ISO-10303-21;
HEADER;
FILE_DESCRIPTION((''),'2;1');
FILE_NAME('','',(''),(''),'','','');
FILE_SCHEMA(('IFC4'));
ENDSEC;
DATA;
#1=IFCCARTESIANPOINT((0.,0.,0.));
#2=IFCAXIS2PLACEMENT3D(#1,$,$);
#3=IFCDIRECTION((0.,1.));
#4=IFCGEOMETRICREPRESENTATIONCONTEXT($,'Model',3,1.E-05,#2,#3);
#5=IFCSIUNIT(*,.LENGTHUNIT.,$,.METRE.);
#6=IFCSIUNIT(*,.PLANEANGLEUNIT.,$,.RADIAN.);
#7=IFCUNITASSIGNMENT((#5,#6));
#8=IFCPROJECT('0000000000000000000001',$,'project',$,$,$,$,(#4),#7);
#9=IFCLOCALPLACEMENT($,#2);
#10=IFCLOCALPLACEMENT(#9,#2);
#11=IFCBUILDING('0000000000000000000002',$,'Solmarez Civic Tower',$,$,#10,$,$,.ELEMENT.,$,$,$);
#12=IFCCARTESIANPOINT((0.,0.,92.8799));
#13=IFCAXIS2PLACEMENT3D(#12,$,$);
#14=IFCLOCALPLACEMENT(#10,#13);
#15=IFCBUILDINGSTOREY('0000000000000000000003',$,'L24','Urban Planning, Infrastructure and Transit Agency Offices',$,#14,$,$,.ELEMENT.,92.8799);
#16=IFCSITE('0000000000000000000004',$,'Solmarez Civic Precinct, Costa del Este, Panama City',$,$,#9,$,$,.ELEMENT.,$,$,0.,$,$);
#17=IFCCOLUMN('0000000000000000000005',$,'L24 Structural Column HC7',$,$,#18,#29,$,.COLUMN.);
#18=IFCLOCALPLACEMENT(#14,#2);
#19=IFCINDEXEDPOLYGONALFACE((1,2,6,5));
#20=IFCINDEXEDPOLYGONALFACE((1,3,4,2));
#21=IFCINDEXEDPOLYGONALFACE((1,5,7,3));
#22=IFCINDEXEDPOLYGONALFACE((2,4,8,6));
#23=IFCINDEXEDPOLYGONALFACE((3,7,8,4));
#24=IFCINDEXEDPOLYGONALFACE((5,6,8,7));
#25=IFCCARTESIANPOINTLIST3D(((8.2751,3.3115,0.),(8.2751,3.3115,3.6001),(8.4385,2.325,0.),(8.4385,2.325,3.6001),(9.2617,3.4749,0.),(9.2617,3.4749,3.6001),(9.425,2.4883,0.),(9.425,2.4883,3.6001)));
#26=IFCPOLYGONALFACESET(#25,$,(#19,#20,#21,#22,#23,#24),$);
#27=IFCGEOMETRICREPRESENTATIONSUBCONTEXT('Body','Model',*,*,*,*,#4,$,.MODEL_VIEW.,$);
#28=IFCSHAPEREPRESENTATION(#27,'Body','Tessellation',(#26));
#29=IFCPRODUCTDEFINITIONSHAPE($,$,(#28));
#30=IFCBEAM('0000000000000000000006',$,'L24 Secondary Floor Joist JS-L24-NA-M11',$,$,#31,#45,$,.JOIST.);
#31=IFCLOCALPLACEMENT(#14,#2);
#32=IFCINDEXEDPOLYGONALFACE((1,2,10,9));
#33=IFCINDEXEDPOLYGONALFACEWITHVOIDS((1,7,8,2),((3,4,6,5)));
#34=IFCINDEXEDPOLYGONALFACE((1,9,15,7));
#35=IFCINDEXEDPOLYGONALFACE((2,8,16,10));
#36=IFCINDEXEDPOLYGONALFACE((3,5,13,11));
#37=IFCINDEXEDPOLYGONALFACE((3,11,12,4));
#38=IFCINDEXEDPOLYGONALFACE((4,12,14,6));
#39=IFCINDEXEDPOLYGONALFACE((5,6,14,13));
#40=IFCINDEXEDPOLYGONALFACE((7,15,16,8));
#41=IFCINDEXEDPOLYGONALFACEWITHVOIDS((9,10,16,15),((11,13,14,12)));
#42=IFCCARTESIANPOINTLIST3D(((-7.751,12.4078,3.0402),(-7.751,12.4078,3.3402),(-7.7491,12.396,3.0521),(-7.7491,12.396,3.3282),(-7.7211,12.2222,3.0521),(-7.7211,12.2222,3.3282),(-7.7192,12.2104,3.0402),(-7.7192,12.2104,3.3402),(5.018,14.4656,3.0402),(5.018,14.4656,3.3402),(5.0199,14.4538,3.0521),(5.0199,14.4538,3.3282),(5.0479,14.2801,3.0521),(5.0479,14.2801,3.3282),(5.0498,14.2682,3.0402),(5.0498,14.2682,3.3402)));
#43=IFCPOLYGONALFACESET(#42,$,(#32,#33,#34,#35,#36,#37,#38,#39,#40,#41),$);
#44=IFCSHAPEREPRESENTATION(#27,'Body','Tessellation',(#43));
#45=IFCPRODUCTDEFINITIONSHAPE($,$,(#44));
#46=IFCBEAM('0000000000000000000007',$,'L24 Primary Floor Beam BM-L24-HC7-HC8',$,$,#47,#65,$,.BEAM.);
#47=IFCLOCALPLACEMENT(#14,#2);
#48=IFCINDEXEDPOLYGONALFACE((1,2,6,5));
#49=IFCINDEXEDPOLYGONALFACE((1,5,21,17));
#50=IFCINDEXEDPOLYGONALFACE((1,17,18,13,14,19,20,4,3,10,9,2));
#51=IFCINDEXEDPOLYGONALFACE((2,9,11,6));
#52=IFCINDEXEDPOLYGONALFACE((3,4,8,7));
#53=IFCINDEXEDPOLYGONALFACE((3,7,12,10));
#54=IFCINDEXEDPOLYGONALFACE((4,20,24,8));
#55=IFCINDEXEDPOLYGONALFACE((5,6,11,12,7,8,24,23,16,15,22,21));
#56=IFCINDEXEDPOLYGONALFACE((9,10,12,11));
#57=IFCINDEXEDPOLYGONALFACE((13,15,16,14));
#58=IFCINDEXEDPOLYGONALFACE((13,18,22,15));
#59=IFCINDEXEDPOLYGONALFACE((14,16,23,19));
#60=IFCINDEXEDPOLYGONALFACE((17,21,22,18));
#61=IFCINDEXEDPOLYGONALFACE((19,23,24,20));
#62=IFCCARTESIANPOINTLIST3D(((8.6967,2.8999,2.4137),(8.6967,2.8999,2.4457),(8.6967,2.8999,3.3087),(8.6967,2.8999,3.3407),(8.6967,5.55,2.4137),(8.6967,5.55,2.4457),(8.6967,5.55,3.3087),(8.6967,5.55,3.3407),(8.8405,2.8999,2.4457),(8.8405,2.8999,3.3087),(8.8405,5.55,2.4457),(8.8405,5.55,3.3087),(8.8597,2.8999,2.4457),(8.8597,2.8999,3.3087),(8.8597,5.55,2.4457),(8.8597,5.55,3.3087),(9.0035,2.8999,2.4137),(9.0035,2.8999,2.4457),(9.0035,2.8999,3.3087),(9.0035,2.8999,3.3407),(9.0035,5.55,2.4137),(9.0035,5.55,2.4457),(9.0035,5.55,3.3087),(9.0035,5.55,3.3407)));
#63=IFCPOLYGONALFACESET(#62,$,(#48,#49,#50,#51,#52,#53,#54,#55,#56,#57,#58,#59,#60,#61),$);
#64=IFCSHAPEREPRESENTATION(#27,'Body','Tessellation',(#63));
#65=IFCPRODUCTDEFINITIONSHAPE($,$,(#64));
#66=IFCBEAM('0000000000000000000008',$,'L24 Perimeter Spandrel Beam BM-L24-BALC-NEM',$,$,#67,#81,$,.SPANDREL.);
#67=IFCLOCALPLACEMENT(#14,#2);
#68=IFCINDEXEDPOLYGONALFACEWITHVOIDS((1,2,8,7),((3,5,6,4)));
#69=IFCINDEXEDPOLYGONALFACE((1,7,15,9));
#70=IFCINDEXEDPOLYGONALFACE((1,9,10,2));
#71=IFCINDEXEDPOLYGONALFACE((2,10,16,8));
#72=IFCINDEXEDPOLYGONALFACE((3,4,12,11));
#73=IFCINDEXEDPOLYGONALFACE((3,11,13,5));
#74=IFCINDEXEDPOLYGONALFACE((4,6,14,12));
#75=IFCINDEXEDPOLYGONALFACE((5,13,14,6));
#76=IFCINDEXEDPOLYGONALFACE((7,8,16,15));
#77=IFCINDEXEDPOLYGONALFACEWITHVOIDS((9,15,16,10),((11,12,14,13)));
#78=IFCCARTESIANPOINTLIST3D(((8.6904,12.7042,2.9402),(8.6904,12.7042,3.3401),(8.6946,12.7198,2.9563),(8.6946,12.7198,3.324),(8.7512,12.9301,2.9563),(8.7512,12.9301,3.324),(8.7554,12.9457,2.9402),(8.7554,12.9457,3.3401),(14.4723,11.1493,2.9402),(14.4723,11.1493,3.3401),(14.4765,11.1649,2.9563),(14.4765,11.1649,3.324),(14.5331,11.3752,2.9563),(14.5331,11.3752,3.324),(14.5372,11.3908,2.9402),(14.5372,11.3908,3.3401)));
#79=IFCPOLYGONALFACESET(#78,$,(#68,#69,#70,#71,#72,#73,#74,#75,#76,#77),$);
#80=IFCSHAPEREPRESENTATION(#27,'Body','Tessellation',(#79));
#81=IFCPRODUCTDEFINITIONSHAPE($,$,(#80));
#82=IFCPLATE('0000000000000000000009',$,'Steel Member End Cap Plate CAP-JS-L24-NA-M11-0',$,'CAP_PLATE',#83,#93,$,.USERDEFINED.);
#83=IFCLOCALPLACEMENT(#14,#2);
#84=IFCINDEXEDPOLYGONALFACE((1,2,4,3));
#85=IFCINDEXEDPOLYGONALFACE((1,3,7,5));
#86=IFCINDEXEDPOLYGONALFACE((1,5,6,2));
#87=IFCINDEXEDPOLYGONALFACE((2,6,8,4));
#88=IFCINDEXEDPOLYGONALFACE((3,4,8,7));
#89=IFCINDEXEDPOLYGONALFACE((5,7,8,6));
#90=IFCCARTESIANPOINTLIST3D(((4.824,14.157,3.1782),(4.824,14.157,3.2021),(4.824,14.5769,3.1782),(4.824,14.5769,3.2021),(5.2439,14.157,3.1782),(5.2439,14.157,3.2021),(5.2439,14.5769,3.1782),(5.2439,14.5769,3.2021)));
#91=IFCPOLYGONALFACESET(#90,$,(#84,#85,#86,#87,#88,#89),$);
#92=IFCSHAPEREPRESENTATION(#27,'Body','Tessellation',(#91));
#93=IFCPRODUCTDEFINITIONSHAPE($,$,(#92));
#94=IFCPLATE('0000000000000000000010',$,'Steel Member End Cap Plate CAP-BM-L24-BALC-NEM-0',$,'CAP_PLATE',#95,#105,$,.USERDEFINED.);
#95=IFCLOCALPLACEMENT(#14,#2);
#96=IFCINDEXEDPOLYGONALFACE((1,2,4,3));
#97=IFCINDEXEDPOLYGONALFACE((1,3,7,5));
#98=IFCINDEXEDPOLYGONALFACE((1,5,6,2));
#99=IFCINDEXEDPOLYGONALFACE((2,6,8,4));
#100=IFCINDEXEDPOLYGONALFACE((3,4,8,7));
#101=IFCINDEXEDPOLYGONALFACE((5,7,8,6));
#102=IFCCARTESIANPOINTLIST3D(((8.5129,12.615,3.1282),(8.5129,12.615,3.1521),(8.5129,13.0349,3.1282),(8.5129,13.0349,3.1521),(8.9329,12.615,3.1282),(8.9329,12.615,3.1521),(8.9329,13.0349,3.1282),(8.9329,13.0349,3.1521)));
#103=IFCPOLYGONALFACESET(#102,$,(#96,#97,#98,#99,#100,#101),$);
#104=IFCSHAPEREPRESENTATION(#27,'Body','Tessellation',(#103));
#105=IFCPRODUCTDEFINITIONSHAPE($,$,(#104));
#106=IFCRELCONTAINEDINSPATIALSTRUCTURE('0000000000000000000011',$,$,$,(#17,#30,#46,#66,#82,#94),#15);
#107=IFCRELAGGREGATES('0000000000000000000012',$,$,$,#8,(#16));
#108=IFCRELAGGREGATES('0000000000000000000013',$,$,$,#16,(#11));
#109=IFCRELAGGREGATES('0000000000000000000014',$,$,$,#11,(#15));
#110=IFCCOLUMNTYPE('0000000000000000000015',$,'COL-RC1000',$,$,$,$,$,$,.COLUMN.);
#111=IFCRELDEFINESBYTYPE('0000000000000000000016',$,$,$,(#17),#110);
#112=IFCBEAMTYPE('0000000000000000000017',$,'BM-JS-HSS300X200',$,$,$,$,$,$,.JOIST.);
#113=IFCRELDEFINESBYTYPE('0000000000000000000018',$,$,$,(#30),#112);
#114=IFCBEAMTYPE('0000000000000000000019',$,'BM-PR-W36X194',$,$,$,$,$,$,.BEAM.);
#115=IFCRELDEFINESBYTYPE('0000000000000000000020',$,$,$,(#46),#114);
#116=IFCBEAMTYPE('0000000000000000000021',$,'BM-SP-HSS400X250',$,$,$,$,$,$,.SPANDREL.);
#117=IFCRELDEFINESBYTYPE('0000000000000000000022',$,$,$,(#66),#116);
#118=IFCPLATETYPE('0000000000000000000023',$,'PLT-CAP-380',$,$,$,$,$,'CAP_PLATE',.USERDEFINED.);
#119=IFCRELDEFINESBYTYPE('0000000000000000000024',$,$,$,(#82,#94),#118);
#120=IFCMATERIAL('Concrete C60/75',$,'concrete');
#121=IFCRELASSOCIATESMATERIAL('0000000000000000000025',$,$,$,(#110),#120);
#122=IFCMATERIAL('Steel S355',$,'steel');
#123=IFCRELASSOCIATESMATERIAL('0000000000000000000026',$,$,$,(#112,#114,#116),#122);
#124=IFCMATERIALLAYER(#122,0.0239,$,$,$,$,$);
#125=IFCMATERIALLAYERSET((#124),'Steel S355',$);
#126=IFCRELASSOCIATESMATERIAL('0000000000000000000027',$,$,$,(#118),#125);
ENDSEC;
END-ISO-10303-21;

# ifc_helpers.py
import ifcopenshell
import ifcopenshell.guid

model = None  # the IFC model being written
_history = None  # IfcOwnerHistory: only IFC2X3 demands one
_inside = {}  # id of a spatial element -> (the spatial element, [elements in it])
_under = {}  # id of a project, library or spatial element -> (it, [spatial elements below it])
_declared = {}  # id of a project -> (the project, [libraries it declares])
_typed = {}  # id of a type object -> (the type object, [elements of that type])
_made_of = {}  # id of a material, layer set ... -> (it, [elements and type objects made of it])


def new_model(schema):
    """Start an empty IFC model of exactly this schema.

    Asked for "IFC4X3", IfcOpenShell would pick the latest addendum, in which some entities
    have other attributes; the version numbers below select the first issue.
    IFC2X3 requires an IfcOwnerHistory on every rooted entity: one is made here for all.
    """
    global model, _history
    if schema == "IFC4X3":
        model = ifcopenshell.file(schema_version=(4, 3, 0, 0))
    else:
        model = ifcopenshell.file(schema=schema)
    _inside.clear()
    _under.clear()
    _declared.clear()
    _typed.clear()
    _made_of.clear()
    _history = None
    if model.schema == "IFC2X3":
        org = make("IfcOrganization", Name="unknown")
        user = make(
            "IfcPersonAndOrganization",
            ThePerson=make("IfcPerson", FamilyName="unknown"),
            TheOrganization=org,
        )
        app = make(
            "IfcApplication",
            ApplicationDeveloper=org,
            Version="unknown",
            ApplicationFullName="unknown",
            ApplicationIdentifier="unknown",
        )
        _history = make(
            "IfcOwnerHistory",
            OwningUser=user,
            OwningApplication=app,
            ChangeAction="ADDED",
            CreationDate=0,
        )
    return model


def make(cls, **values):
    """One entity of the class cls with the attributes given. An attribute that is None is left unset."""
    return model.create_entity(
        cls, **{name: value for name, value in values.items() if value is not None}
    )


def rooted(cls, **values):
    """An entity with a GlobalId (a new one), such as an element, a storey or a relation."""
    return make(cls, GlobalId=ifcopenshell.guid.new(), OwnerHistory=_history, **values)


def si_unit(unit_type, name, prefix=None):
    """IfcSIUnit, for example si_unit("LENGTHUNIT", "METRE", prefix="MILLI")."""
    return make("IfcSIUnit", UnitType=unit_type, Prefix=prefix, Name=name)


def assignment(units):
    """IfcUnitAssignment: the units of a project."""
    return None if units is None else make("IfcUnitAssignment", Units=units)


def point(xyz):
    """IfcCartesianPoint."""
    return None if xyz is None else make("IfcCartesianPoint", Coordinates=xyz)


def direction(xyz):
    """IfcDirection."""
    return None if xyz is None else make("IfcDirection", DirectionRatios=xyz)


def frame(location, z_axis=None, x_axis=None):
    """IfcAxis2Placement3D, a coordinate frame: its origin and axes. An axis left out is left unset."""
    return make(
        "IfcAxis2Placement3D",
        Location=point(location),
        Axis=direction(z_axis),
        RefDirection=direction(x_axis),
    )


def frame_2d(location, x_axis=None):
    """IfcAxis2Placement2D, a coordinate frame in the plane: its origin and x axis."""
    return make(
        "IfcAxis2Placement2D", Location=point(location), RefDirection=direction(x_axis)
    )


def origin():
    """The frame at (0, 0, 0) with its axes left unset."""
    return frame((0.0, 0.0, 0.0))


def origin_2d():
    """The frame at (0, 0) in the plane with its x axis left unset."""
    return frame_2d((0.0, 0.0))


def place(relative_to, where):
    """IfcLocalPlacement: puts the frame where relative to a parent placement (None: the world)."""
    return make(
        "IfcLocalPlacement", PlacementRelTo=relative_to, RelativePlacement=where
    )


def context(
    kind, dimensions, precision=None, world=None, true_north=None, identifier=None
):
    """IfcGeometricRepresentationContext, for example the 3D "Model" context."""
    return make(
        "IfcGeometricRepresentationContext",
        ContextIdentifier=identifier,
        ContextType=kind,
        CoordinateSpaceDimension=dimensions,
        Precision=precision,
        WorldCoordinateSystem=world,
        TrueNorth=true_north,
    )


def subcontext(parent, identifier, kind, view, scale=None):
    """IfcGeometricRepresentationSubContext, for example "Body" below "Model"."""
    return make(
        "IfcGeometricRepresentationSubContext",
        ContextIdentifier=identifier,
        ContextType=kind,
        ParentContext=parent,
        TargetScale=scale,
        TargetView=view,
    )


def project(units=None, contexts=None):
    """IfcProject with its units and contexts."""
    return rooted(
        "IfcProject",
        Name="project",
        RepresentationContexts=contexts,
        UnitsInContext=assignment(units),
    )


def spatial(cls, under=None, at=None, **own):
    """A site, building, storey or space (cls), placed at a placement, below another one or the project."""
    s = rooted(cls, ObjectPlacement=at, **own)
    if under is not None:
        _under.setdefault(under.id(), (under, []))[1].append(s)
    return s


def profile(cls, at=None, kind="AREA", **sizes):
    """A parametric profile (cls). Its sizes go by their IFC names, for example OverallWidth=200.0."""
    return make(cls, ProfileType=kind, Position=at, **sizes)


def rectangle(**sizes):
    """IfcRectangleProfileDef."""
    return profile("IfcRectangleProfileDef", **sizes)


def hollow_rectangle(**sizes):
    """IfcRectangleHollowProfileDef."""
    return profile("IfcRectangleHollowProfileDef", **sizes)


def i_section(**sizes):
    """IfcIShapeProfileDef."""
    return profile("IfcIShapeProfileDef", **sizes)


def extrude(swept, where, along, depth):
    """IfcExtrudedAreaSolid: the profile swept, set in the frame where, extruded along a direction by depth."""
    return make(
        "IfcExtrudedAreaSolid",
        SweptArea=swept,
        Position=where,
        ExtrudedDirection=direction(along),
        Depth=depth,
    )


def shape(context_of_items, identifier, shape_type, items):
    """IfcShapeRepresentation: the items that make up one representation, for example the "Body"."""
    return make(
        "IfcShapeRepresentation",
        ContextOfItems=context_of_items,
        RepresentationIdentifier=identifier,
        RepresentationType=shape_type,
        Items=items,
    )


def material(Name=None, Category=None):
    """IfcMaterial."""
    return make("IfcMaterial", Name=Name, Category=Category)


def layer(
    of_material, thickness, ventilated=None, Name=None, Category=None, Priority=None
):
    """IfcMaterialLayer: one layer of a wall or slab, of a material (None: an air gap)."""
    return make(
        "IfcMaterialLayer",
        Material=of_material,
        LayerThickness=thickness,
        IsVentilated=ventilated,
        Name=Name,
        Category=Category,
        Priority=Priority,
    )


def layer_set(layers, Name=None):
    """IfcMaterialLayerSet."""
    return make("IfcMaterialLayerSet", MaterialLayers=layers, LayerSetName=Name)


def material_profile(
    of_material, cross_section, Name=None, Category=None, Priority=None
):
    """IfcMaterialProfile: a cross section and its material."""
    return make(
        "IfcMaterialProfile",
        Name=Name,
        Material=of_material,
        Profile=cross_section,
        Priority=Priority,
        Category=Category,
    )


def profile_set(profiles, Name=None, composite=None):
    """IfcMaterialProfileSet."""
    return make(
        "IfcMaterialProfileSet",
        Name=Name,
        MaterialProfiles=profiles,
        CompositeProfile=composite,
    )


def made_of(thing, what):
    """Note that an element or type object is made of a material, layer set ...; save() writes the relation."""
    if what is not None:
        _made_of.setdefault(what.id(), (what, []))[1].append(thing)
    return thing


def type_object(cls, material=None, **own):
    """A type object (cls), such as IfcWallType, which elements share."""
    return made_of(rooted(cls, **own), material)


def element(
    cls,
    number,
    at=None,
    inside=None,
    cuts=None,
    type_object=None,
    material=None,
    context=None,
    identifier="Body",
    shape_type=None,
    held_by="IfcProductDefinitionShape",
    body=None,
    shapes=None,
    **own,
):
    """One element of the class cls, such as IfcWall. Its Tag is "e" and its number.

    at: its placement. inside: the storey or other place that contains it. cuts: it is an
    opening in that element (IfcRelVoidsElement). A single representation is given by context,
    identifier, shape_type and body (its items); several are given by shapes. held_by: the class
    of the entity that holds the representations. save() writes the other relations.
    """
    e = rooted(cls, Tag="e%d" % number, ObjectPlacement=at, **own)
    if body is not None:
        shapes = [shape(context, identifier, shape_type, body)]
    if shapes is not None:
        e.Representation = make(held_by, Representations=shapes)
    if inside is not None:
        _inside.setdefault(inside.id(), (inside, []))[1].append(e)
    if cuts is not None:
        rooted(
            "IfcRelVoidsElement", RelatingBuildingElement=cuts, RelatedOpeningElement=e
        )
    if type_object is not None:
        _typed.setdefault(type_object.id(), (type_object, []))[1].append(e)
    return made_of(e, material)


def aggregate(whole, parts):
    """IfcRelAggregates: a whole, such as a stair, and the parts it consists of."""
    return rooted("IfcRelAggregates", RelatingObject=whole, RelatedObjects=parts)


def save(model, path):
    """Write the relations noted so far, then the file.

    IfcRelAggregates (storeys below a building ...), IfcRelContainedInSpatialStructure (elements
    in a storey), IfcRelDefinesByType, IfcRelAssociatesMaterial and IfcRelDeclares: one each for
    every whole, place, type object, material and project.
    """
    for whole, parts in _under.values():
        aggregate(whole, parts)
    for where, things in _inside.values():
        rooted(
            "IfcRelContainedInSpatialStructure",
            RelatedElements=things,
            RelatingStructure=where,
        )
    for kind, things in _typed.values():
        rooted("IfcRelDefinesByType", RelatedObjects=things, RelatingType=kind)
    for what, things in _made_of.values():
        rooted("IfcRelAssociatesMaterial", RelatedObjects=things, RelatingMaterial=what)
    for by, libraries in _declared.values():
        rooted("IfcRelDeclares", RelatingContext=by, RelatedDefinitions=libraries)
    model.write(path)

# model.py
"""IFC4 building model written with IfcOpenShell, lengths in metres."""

from ifc_helpers import new_model, si_unit, direction, frame, origin, origin_2d, place, context, subcontext, project, spatial, rectangle, hollow_rectangle, i_section, extrude, material, layer, layer_set, material_profile, profile_set, type_object, element, save


model = new_model("IFC4")

# Units and contexts
model_context = context("Model", 3, precision=1e-05, world=origin(), true_north=direction((0.0, 1.0)))
body_context = subcontext(model_context, "Body", "Model", "MODEL_VIEW")
ifc_project = project(units=[si_unit("LENGTHUNIT", "METRE"), si_unit("PLANEANGLEUNIT", "RADIAN")], contexts=[model_context])

# Site, building, storey
site_placement = place(None, origin())
site = spatial("IfcSite", under=ifc_project, at=site_placement, Name="Solmarez Civic Precinct, Costa del Este, Panama City", CompositionType="ELEMENT", RefElevation=0.0)
building_placement = place(site_placement, origin())
building = spatial("IfcBuilding", under=site, at=building_placement, Name="Solmarez Civic Tower", CompositionType="ELEMENT")
storey_placement = place(building_placement, frame((0.0, 0.0, 92.8799)))
storey = spatial("IfcBuildingStorey", under=building, at=storey_placement, Name="L24", Description="Urban Planning, Infrastructure and Transit Agency Offices", CompositionType="ELEMENT", Elevation=92.8799)

# Column
ifc_material_1 = material(Name="Concrete C60/75", Category="concrete")
ifc_material_profile_1 = material_profile(ifc_material_1, rectangle(XDim=1.0, YDim=1.0, at=origin_2d()), Name="RC1000X1000")
ifc_profile_set_1 = profile_set([ifc_material_profile_1], Name="Concrete C60/75")
column_type = type_object("IfcColumnType", Name="COL-RC1000", PredefinedType="COLUMN", material=ifc_profile_set_1)
column_placement = place(storey_placement, frame((8.8501, 2.8999, 0.0), z_axis=(0.0, 0.0, 1.0), x_axis=(0.986572, 0.163326, 0.0)))
element("IfcColumn", 1, at=column_placement, inside=storey, type_object=column_type, Name="L24 Structural Column HC7", PredefinedType="COLUMN", context=body_context, shape_type="SweptSolid", body=[
    extrude(rectangle(XDim=1.0, YDim=1.0, at=origin_2d()), origin(), (0.0, 0.0, 1.0), 3.6001),
])

# Beams
ifc_material_2 = material(Name="Steel S355", Category="steel")
ifc_material_profile_2 = material_profile(ifc_material_2, hollow_rectangle(XDim=0.2, YDim=0.3, WallThickness=0.012, at=origin_2d()), Name="HSS300X200X12")
ifc_profile_set_2 = profile_set([ifc_material_profile_2], Name="Steel S355")
beam_type_1 = type_object("IfcBeamType", Name="BM-JS-HSS300X200", PredefinedType="JOIST", material=ifc_profile_set_2)
beam_1_placement = place(storey_placement, frame((5.0339, 14.3669, 3.1902), z_axis=(-0.987261, -0.159107, 0.0), x_axis=(0.159107, -0.987261, 0.0)))
element("IfcBeam", 2, at=beam_1_placement, inside=storey, type_object=beam_type_1, Name="L24 Secondary Floor Joist JS-L24-NA-M11", PredefinedType="JOIST", context=body_context, shape_type="SweptSolid", body=[
    extrude(hollow_rectangle(XDim=0.2, YDim=0.3, WallThickness=0.012, at=origin_2d()), origin(), (0.0, 0.0, 1.0), 12.9338),
])
ifc_material_profile_3 = material_profile(ifc_material_2, i_section(OverallWidth=0.3069, OverallDepth=0.927, WebThickness=0.0193, FlangeThickness=0.032, at=origin_2d()), Name="W36X194")
ifc_profile_set_3 = profile_set([ifc_material_profile_3], Name="Steel S355")
beam_type_2 = type_object("IfcBeamType", Name="BM-PR-W36X194", PredefinedType="BEAM", material=ifc_profile_set_3)
beam_2_placement = place(storey_placement, frame((8.8501, 2.8999, 2.8772), z_axis=(0.0, 1.0, 0.0), x_axis=(-1.0, 0.0, 0.0)))
element("IfcBeam", 3, at=beam_2_placement, inside=storey, type_object=beam_type_2, Name="L24 Primary Floor Beam BM-L24-HC7-HC8", PredefinedType="BEAM", context=body_context, shape_type="SweptSolid", body=[
    extrude(i_section(OverallWidth=0.3069, OverallDepth=0.927, WebThickness=0.0193, FlangeThickness=0.032, at=origin_2d()), origin(), (0.0, 0.0, 1.0), 2.6501),
])
ifc_material_profile_4 = material_profile(ifc_material_2, hollow_rectangle(XDim=0.25, YDim=0.3999, WallThickness=0.0161, at=origin_2d()), Name="HSS400X250X16")
ifc_profile_set_4 = profile_set([ifc_material_profile_4], Name="Steel S355")
beam_type_3 = type_object("IfcBeamType", Name="BM-SP-HSS400X250", PredefinedType="SPANDREL", material=ifc_profile_set_4)
beam_3_placement = place(storey_placement, frame((8.7229, 12.825, 3.1401), z_axis=(0.965689, -0.2597, 0.0), x_axis=(0.2597, 0.965689, 0.0)))
element("IfcBeam", 4, at=beam_3_placement, inside=storey, type_object=beam_type_3, Name="L24 Perimeter Spandrel Beam BM-L24-BALC-NEM", PredefinedType="SPANDREL", context=body_context, shape_type="SweptSolid", body=[
    extrude(hollow_rectangle(XDim=0.25, YDim=0.3999, WallThickness=0.0161, at=origin_2d()), origin(), (0.0, 0.0, 1.0), 5.9873),
])

# Plates
ifc_layer_1 = layer(ifc_material_2, 0.0239)
ifc_layer_set_1 = layer_set([ifc_layer_1], Name="Steel S355")
plate_type = type_object("IfcPlateType", Name="PLT-CAP-380", ElementType="CAP_PLATE", PredefinedType="USERDEFINED", material=ifc_layer_set_1)
for number, where, z_axis, x_axis, name in (
    (5, (5.0339, 14.3669, 3.1782), (0.0, 0.0, 1.0), (1.0, 0.0, 0.0), "Steel Member End Cap Plate CAP-JS-L24-NA-M11-0"),
    (6, (8.7229, 12.825, 3.1282), (0.0, 0.0, 1.0), (1.0, 0.0, 0.0), "Steel Member End Cap Plate CAP-BM-L24-BALC-NEM-0"),
):
    element("IfcPlate", number, at=place(storey_placement, frame(where, z_axis=z_axis, x_axis=x_axis)), inside=storey, type_object=plate_type, Name=name, ObjectType="CAP_PLATE", PredefinedType="USERDEFINED", context=body_context, shape_type="SweptSolid", body=[
        extrude(rectangle(XDim=0.4199, YDim=0.4199, at=origin_2d()), origin(), (0.0, 0.0, 1.0), 0.0239),
    ])

save(model, "model.ifc")
